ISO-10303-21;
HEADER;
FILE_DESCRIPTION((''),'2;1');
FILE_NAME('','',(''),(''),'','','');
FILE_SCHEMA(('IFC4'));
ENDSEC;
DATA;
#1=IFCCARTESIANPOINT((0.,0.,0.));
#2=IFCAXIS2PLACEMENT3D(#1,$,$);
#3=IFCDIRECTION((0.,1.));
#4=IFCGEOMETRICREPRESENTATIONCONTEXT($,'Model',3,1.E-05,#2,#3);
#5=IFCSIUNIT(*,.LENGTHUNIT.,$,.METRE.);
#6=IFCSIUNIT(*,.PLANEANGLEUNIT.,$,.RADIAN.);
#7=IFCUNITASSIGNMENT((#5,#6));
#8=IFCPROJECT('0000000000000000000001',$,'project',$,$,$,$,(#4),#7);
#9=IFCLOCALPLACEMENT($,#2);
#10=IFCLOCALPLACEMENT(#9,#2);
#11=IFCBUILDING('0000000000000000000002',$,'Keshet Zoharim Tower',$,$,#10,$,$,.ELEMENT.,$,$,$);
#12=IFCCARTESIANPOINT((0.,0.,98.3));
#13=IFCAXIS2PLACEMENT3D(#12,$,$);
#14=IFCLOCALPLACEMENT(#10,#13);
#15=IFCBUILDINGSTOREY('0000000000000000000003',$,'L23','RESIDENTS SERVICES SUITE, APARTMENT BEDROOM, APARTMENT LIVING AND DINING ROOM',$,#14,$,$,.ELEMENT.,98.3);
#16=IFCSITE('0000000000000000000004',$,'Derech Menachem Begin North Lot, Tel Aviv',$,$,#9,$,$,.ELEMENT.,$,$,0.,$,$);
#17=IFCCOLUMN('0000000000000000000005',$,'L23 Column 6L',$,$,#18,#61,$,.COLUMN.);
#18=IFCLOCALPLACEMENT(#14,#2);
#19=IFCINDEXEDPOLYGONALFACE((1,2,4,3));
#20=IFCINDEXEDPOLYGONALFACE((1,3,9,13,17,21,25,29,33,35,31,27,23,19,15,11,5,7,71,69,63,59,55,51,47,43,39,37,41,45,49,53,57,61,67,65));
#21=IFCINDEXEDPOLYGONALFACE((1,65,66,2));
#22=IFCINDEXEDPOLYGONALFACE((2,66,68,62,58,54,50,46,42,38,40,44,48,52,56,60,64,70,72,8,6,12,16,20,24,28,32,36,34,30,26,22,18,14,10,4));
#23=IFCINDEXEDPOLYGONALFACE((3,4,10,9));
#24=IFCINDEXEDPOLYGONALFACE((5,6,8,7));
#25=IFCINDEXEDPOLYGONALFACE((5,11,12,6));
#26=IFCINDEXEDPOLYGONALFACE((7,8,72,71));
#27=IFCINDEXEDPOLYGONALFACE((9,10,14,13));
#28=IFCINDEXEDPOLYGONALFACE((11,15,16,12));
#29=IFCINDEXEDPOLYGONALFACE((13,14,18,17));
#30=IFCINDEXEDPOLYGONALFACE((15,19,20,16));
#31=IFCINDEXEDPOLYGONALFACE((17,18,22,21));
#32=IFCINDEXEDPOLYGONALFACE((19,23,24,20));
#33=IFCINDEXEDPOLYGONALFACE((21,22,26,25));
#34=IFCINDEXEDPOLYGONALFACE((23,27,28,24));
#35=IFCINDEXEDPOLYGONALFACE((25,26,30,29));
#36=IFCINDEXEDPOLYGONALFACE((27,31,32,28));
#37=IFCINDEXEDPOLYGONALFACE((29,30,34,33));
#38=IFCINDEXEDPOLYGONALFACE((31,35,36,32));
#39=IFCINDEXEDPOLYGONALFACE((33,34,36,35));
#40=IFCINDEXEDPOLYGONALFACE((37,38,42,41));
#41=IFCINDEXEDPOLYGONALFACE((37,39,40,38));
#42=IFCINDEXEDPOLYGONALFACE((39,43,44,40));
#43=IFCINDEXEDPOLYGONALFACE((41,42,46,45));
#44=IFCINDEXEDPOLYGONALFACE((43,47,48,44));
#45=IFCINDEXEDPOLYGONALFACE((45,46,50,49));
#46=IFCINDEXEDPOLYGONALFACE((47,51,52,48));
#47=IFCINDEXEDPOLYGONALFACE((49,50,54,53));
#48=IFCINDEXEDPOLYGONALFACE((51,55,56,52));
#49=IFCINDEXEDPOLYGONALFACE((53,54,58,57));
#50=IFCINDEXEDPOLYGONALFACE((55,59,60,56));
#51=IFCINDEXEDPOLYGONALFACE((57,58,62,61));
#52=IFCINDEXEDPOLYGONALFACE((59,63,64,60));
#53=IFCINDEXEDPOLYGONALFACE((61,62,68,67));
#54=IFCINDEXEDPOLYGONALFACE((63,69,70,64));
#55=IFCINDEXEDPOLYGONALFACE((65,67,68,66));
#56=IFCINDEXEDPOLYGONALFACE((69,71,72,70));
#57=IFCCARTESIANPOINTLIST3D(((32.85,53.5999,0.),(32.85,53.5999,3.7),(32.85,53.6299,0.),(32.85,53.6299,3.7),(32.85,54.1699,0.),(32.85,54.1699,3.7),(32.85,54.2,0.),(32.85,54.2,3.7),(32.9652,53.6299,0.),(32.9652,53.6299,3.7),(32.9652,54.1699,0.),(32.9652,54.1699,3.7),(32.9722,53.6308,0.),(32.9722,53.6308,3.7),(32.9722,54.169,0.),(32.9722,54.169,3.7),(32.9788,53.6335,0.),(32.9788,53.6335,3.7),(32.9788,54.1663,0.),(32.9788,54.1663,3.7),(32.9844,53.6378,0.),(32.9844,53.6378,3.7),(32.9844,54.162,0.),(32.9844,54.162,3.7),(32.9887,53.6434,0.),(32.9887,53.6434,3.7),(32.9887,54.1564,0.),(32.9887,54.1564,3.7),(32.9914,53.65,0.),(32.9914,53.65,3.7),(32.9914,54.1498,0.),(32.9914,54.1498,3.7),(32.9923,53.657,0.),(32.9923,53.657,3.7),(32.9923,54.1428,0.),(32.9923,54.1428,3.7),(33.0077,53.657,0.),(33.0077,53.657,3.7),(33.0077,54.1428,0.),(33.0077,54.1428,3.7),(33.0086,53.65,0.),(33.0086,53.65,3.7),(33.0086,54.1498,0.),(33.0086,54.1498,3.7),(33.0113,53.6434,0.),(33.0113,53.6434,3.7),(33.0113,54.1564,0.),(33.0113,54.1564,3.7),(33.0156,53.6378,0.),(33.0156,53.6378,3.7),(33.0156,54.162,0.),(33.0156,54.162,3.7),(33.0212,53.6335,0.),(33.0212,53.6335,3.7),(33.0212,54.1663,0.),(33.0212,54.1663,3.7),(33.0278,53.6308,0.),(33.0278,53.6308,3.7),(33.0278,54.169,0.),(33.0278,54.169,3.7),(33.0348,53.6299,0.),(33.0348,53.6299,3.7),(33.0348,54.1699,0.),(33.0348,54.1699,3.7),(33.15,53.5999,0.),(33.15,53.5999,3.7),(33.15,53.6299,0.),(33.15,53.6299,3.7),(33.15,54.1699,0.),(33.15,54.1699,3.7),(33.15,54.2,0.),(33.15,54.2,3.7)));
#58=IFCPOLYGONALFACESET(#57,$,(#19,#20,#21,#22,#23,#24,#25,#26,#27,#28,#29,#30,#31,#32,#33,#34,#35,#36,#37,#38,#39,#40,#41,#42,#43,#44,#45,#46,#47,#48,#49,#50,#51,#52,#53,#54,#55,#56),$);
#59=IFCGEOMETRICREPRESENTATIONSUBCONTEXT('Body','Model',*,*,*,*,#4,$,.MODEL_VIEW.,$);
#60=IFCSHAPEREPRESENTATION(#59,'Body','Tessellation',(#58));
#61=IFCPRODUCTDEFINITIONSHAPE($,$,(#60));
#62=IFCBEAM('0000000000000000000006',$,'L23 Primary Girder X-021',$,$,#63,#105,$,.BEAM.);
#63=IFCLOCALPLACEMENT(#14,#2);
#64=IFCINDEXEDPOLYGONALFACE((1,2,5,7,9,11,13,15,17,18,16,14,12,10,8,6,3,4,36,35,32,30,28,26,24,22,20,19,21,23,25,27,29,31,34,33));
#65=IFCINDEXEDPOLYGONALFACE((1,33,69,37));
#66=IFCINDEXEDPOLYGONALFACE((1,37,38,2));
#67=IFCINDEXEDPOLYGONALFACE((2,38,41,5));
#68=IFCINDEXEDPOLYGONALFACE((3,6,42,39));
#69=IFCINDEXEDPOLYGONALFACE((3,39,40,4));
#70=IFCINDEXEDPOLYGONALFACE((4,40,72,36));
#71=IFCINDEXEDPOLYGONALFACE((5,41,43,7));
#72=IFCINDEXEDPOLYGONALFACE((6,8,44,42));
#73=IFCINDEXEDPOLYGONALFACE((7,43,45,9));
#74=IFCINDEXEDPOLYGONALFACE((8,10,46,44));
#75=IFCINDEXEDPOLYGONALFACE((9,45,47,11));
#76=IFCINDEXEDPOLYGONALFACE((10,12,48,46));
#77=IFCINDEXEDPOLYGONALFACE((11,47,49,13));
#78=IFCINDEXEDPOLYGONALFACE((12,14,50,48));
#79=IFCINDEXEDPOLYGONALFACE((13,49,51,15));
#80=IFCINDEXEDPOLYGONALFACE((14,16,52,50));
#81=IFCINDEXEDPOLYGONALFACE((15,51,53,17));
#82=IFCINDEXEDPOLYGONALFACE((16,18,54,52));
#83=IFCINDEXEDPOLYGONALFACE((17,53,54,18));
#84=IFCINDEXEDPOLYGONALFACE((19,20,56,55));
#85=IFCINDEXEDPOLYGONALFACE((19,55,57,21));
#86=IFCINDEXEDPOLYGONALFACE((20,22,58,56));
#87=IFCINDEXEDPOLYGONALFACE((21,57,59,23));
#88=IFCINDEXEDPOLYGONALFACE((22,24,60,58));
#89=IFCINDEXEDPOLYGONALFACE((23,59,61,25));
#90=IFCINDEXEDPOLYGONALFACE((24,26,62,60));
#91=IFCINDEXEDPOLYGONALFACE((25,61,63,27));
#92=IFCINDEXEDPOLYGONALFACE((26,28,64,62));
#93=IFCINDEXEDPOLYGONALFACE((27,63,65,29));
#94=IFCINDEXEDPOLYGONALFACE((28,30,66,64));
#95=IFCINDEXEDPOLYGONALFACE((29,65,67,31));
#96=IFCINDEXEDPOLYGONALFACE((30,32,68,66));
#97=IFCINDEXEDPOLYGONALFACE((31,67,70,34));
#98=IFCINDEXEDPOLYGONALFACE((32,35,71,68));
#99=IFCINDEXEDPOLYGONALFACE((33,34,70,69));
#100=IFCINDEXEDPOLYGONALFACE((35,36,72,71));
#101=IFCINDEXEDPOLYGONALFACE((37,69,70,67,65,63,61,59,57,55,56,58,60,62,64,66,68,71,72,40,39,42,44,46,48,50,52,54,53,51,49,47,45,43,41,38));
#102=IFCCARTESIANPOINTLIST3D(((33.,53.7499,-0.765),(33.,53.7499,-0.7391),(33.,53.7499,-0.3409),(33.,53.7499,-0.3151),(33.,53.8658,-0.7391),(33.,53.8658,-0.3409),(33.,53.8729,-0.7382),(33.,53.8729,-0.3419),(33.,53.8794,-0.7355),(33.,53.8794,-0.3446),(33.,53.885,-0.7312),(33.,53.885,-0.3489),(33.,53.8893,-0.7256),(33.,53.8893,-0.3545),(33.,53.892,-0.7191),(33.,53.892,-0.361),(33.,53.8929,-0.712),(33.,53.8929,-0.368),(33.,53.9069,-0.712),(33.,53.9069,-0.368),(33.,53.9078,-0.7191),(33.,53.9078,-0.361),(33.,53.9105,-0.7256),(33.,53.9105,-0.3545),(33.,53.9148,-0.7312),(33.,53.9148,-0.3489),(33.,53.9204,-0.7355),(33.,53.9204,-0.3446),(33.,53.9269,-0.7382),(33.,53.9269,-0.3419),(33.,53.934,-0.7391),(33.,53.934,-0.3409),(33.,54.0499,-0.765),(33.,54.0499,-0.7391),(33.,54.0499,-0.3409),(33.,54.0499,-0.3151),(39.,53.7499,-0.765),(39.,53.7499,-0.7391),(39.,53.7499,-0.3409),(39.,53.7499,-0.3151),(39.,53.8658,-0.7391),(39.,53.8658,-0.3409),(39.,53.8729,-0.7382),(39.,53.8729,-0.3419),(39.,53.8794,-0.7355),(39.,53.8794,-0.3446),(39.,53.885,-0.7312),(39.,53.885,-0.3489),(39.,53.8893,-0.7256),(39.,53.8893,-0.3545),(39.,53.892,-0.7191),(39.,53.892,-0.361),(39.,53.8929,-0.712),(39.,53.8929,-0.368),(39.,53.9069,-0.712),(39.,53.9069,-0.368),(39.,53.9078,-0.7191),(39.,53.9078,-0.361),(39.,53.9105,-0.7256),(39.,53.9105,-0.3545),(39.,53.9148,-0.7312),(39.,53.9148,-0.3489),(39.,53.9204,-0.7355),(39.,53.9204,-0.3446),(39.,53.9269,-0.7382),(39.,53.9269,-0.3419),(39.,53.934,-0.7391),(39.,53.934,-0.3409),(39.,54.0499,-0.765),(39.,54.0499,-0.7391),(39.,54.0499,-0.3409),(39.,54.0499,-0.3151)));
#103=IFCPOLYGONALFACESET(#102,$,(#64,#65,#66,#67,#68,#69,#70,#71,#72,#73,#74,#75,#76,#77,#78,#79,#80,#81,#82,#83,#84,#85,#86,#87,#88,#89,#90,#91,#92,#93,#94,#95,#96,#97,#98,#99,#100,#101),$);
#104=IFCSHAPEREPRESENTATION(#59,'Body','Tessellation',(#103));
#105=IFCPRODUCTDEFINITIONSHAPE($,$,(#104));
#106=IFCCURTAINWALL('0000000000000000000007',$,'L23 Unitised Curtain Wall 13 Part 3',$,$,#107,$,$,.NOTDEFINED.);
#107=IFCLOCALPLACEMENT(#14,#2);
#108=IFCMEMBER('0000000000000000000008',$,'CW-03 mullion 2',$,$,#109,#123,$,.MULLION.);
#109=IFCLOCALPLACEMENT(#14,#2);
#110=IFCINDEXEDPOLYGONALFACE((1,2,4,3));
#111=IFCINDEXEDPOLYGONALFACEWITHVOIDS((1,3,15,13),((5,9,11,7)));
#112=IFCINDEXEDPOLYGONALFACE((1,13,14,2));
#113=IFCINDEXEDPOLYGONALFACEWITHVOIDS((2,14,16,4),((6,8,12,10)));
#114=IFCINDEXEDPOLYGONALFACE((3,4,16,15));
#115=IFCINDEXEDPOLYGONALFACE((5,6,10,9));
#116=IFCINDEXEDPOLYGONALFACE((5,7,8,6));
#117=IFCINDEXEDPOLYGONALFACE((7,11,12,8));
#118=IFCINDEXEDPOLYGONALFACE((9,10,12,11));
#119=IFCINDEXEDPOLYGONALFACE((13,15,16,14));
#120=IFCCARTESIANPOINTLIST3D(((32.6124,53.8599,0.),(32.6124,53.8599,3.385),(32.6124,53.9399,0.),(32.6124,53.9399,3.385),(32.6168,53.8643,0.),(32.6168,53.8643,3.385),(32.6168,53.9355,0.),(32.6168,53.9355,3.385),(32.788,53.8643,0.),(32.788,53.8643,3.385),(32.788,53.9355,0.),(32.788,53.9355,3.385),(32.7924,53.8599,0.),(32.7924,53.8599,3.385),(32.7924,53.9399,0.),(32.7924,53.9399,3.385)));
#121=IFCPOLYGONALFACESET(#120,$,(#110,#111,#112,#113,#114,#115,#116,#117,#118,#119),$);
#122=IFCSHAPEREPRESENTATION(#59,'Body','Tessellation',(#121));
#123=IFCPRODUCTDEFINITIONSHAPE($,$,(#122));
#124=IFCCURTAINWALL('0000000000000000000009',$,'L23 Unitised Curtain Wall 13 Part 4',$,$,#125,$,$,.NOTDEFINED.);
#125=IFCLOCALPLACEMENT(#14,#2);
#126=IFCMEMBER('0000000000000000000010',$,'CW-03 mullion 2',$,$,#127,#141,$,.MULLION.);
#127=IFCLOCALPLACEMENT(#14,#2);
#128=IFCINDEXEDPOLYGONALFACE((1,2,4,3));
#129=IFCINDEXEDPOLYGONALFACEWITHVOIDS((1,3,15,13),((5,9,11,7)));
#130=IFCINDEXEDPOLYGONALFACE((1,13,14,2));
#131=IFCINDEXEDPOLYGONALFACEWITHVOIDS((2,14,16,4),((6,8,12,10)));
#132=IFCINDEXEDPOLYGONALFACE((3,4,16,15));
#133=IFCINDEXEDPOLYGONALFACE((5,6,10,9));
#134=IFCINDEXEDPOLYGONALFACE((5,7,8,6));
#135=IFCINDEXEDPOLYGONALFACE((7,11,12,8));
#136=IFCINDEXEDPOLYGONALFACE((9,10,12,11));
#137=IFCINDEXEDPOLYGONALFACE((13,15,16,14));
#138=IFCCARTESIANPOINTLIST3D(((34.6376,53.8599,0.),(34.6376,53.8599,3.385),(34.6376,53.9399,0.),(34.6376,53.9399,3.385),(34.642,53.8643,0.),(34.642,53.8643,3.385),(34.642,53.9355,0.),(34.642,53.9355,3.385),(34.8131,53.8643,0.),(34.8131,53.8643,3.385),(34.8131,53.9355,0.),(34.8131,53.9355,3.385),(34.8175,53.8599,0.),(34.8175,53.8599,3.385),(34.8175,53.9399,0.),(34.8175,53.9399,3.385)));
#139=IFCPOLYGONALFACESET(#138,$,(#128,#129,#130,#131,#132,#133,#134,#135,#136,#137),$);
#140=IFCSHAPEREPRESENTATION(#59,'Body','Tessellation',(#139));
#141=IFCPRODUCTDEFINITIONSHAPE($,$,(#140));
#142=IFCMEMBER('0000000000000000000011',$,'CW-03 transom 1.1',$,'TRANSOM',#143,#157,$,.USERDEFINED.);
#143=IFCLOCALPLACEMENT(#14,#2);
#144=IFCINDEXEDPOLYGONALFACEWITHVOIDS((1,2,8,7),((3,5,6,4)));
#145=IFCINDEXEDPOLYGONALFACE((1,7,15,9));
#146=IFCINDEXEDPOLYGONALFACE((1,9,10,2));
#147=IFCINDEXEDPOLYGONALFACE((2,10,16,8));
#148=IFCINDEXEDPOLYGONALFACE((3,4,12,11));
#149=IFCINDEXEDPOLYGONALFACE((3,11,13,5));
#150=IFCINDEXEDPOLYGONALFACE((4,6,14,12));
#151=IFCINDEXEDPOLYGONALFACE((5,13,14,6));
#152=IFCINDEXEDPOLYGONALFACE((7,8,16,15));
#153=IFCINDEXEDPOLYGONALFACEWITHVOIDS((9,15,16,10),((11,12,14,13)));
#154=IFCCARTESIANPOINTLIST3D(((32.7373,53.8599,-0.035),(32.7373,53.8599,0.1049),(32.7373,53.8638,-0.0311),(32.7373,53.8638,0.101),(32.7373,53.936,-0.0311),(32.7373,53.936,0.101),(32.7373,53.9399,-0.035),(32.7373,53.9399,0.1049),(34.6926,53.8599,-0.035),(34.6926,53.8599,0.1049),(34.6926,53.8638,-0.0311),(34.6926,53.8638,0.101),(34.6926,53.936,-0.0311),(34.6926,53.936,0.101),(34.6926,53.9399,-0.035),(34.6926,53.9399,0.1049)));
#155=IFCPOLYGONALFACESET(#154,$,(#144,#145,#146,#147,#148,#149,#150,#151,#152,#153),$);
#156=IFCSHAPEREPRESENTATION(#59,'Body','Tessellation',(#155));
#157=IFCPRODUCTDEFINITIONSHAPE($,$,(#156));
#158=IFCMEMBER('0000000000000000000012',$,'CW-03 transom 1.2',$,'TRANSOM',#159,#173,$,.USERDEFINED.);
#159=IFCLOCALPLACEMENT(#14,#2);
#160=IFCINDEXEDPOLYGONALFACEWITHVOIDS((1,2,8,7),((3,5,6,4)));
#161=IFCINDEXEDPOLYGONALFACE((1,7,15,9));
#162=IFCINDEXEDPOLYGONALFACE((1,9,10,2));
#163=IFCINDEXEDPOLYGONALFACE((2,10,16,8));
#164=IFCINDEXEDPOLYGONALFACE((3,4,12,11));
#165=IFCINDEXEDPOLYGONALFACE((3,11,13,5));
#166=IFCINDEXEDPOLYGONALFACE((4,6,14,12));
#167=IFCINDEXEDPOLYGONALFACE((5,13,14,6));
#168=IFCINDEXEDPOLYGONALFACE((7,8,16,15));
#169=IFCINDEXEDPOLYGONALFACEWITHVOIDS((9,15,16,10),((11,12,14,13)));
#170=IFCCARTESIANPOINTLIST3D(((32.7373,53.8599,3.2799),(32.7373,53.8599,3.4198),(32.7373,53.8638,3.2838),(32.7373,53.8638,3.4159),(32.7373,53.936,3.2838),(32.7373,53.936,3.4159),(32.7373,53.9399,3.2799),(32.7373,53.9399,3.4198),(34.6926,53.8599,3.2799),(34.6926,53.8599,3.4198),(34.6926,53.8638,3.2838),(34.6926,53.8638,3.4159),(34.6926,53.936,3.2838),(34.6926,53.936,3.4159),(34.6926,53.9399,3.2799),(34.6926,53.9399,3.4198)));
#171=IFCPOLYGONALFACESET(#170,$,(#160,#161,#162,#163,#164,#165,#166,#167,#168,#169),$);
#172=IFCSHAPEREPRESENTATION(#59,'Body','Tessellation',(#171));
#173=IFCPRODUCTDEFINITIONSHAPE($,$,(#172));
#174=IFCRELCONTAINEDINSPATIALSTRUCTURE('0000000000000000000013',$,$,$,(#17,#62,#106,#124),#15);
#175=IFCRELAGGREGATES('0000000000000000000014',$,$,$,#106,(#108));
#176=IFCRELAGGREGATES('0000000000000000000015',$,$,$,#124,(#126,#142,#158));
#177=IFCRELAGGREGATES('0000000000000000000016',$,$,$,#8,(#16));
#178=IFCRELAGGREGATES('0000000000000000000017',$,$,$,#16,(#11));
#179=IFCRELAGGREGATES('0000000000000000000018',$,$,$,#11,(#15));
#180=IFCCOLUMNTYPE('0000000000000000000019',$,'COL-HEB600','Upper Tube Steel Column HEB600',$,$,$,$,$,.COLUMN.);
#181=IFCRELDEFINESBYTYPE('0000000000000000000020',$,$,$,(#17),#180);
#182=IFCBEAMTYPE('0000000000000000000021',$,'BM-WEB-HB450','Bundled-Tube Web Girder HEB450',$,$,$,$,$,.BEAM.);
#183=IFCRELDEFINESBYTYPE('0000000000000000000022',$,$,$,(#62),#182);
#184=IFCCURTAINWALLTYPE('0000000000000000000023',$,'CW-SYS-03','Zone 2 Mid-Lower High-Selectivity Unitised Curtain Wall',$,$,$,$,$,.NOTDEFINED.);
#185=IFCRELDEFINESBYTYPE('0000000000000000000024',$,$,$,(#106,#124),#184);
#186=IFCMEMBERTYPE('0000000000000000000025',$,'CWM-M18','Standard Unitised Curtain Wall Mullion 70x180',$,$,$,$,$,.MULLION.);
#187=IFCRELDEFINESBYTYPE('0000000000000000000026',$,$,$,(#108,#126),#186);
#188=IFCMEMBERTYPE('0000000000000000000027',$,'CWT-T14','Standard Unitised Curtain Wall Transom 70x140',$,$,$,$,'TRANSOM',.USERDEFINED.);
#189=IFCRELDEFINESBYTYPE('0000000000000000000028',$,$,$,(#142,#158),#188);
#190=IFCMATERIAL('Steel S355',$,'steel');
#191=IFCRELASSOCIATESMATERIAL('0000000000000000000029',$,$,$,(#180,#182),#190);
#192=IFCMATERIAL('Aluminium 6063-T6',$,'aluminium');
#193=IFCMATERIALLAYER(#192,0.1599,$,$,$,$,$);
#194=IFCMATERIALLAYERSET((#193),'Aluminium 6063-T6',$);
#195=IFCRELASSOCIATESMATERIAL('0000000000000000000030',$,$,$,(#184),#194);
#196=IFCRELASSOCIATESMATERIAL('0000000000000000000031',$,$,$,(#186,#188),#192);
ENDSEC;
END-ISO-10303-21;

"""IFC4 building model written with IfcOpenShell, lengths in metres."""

from ifc_helpers import new_model, si_unit, direction, frame, origin, origin_2d, place, context, subcontext, project, spatial, hollow_rectangle, i_section, extrude, material, layer, layer_set, material_profile, profile_set, type_object, element, aggregate, save


model = new_model("IFC4")

# Units and contexts
model_context = context("Model", 3, precision=1e-05, world=origin(), true_north=direction((0.0, 1.0)))
body_context = subcontext(model_context, "Body", "Model", "MODEL_VIEW")
ifc_project = project(units=[si_unit("LENGTHUNIT", "METRE"), si_unit("PLANEANGLEUNIT", "RADIAN")], contexts=[model_context])

# Site, building, storey
site_placement = place(None, origin())
site = spatial("IfcSite", under=ifc_project, at=site_placement, Name="Derech Menachem Begin North Lot, Tel Aviv", CompositionType="ELEMENT", RefElevation=0.0)
building_placement = place(site_placement, origin())
building = spatial("IfcBuilding", under=site, at=building_placement, Name="Keshet Zoharim Tower", CompositionType="ELEMENT")
storey_placement = place(building_placement, frame((0.0, 0.0, 98.3)))
storey = spatial("IfcBuildingStorey", under=building, at=storey_placement, Name="L23", Description="RESIDENTS SERVICES SUITE, APARTMENT BEDROOM, APARTMENT LIVING AND DINING ROOM", CompositionType="ELEMENT", Elevation=98.3)

# Column
ifc_material_1 = material(Name="Steel S355", Category="steel")
ifc_material_profile_1 = material_profile(ifc_material_1, i_section(OverallWidth=0.3, OverallDepth=0.6001, WebThickness=0.0154, FlangeThickness=0.03, FilletRadius=0.0271, at=origin_2d()), Name="HEB600")
ifc_profile_set_1 = profile_set([ifc_material_profile_1], Name="Steel S355")
column_type = type_object("IfcColumnType", Name="COL-HEB600", Description="Upper Tube Steel Column HEB600", PredefinedType="COLUMN", material=ifc_profile_set_1)
column_placement = place(storey_placement, frame((33.0, 53.8999, 0.0), z_axis=(0.0, 0.0, 1.0), x_axis=(1.0, 0.0, 0.0)))
element("IfcColumn", 1, at=column_placement, inside=storey, type_object=column_type, Name="L23 Column 6L", PredefinedType="COLUMN", context=body_context, shape_type="SweptSolid", body=[
    extrude(i_section(OverallWidth=0.3, OverallDepth=0.6001, WebThickness=0.0154, FlangeThickness=0.03, FilletRadius=0.0271, at=origin_2d()), origin(), (0.0, 0.0, 1.0), 3.7),
])

# Beam
ifc_material_profile_2 = material_profile(ifc_material_1, i_section(OverallWidth=0.3, OverallDepth=0.45, WebThickness=0.0139, FlangeThickness=0.0259, FilletRadius=0.0271, at=origin_2d()), Name="HEB450")
ifc_profile_set_2 = profile_set([ifc_material_profile_2], Name="Steel S355")
beam_type = type_object("IfcBeamType", Name="BM-WEB-HB450", Description="Bundled-Tube Web Girder HEB450", PredefinedType="BEAM", material=ifc_profile_set_2)
beam_placement = place(storey_placement, frame((33.0, 53.8999, -0.54), z_axis=(1.0, 0.0, 0.0), x_axis=(0.0, 1.0, 0.0)))
element("IfcBeam", 2, at=beam_placement, inside=storey, type_object=beam_type, Name="L23 Primary Girder X-021", PredefinedType="BEAM", context=body_context, shape_type="SweptSolid", body=[
    extrude(i_section(OverallWidth=0.3, OverallDepth=0.45, WebThickness=0.0139, FlangeThickness=0.0259, FilletRadius=0.0271, at=origin_2d()), origin(), (0.0, 0.0, 1.0), 6.0),
])

# Curtain wall, member
ifc_material_2 = material(Name="Aluminium 6063-T6", Category="aluminium")
ifc_layer_1 = layer(ifc_material_2, 0.1599)
ifc_layer_set_1 = layer_set([ifc_layer_1], Name="Aluminium 6063-T6")
curtain_wall_type = type_object("IfcCurtainWallType", Name="CW-SYS-03", Description="Zone 2 Mid-Lower High-Selectivity Unitised Curtain Wall", PredefinedType="NOTDEFINED", material=ifc_layer_set_1)
curtain_wall_1_placement = place(storey_placement, origin())
curtain_wall_1 = element("IfcCurtainWall", 3, at=curtain_wall_1_placement, inside=storey, type_object=curtain_wall_type, Name="L23 Unitised Curtain Wall 13 Part 3", PredefinedType="NOTDEFINED")
ifc_material_profile_3 = material_profile(ifc_material_2, hollow_rectangle(XDim=0.0801, YDim=0.1799, WallThickness=0.0044, at=origin_2d()), Name="MUL-80x180")
ifc_profile_set_3 = profile_set([ifc_material_profile_3], Name="Aluminium 6063-T6")
member_type_1 = type_object("IfcMemberType", Name="CWM-M18", Description="Standard Unitised Curtain Wall Mullion 70x180", PredefinedType="MULLION", material=ifc_profile_set_3)
member_1_placement = place(storey_placement, frame((32.7024, 53.8999, 0.0), z_axis=(0.0, 0.0, 1.0), x_axis=(0.0, 1.0, 0.0)))
member_1 = element("IfcMember", 4, at=member_1_placement, type_object=member_type_1, Name="CW-03 mullion 2", PredefinedType="MULLION", context=body_context, shape_type="SweptSolid", body=[
    extrude(hollow_rectangle(XDim=0.0801, YDim=0.1799, WallThickness=0.0044, at=origin_2d()), origin(), (0.0, 0.0, 1.0), 3.385),
])
aggregate(curtain_wall_1, [member_1])

# Curtain wall, members
curtain_wall_2_placement = place(storey_placement, origin())
curtain_wall_2 = element("IfcCurtainWall", 5, at=curtain_wall_2_placement, inside=storey, type_object=curtain_wall_type, Name="L23 Unitised Curtain Wall 13 Part 4", PredefinedType="NOTDEFINED")
member_2_placement = place(storey_placement, frame((34.7275, 53.8999, 0.0), z_axis=(0.0, 0.0, 1.0), x_axis=(0.0, 1.0, 0.0)))
member_2 = element("IfcMember", 6, at=member_2_placement, type_object=member_type_1, Name="CW-03 mullion 2", PredefinedType="MULLION", context=body_context, shape_type="SweptSolid", body=[
    extrude(hollow_rectangle(XDim=0.0801, YDim=0.1799, WallThickness=0.0044, at=origin_2d()), origin(), (0.0, 0.0, 1.0), 3.385),
])
ifc_material_profile_4 = material_profile(ifc_material_2, hollow_rectangle(XDim=0.0801, YDim=0.1399, WallThickness=0.0039, at=origin_2d()), Name="TRN-80x140")
ifc_profile_set_4 = profile_set([ifc_material_profile_4], Name="Aluminium 6063-T6")
member_type_2 = type_object("IfcMemberType", Name="CWT-T14", Description="Standard Unitised Curtain Wall Transom 70x140", ElementType="TRANSOM", PredefinedType="USERDEFINED", material=ifc_profile_set_4)
member_3_placement = place(storey_placement, frame((32.7373, 53.8999, 0.0349), z_axis=(1.0, 0.0, 0.0), x_axis=(0.0, 1.0, 0.0)))
member_3 = element("IfcMember", 7, at=member_3_placement, type_object=member_type_2, Name="CW-03 transom 1.1", ObjectType="TRANSOM", PredefinedType="USERDEFINED", context=body_context, shape_type="SweptSolid", body=[
    extrude(hollow_rectangle(XDim=0.0801, YDim=0.1399, WallThickness=0.0039, at=origin_2d()), origin(), (0.0, 0.0, 1.0), 1.9553),
])
member_4_placement = place(storey_placement, frame((32.7373, 53.8999, 3.3499), z_axis=(1.0, 0.0, 0.0), x_axis=(0.0, 1.0, 0.0)))
member_4 = element("IfcMember", 8, at=member_4_placement, type_object=member_type_2, Name="CW-03 transom 1.2", ObjectType="TRANSOM", PredefinedType="USERDEFINED", context=body_context, shape_type="SweptSolid", body=[
    extrude(hollow_rectangle(XDim=0.0801, YDim=0.1399, WallThickness=0.0039, at=origin_2d()), origin(), (0.0, 0.0, 1.0), 1.9553),
])

aggregate(curtain_wall_2, [member_2, member_3, member_4])

save(model, "model.ifc")
